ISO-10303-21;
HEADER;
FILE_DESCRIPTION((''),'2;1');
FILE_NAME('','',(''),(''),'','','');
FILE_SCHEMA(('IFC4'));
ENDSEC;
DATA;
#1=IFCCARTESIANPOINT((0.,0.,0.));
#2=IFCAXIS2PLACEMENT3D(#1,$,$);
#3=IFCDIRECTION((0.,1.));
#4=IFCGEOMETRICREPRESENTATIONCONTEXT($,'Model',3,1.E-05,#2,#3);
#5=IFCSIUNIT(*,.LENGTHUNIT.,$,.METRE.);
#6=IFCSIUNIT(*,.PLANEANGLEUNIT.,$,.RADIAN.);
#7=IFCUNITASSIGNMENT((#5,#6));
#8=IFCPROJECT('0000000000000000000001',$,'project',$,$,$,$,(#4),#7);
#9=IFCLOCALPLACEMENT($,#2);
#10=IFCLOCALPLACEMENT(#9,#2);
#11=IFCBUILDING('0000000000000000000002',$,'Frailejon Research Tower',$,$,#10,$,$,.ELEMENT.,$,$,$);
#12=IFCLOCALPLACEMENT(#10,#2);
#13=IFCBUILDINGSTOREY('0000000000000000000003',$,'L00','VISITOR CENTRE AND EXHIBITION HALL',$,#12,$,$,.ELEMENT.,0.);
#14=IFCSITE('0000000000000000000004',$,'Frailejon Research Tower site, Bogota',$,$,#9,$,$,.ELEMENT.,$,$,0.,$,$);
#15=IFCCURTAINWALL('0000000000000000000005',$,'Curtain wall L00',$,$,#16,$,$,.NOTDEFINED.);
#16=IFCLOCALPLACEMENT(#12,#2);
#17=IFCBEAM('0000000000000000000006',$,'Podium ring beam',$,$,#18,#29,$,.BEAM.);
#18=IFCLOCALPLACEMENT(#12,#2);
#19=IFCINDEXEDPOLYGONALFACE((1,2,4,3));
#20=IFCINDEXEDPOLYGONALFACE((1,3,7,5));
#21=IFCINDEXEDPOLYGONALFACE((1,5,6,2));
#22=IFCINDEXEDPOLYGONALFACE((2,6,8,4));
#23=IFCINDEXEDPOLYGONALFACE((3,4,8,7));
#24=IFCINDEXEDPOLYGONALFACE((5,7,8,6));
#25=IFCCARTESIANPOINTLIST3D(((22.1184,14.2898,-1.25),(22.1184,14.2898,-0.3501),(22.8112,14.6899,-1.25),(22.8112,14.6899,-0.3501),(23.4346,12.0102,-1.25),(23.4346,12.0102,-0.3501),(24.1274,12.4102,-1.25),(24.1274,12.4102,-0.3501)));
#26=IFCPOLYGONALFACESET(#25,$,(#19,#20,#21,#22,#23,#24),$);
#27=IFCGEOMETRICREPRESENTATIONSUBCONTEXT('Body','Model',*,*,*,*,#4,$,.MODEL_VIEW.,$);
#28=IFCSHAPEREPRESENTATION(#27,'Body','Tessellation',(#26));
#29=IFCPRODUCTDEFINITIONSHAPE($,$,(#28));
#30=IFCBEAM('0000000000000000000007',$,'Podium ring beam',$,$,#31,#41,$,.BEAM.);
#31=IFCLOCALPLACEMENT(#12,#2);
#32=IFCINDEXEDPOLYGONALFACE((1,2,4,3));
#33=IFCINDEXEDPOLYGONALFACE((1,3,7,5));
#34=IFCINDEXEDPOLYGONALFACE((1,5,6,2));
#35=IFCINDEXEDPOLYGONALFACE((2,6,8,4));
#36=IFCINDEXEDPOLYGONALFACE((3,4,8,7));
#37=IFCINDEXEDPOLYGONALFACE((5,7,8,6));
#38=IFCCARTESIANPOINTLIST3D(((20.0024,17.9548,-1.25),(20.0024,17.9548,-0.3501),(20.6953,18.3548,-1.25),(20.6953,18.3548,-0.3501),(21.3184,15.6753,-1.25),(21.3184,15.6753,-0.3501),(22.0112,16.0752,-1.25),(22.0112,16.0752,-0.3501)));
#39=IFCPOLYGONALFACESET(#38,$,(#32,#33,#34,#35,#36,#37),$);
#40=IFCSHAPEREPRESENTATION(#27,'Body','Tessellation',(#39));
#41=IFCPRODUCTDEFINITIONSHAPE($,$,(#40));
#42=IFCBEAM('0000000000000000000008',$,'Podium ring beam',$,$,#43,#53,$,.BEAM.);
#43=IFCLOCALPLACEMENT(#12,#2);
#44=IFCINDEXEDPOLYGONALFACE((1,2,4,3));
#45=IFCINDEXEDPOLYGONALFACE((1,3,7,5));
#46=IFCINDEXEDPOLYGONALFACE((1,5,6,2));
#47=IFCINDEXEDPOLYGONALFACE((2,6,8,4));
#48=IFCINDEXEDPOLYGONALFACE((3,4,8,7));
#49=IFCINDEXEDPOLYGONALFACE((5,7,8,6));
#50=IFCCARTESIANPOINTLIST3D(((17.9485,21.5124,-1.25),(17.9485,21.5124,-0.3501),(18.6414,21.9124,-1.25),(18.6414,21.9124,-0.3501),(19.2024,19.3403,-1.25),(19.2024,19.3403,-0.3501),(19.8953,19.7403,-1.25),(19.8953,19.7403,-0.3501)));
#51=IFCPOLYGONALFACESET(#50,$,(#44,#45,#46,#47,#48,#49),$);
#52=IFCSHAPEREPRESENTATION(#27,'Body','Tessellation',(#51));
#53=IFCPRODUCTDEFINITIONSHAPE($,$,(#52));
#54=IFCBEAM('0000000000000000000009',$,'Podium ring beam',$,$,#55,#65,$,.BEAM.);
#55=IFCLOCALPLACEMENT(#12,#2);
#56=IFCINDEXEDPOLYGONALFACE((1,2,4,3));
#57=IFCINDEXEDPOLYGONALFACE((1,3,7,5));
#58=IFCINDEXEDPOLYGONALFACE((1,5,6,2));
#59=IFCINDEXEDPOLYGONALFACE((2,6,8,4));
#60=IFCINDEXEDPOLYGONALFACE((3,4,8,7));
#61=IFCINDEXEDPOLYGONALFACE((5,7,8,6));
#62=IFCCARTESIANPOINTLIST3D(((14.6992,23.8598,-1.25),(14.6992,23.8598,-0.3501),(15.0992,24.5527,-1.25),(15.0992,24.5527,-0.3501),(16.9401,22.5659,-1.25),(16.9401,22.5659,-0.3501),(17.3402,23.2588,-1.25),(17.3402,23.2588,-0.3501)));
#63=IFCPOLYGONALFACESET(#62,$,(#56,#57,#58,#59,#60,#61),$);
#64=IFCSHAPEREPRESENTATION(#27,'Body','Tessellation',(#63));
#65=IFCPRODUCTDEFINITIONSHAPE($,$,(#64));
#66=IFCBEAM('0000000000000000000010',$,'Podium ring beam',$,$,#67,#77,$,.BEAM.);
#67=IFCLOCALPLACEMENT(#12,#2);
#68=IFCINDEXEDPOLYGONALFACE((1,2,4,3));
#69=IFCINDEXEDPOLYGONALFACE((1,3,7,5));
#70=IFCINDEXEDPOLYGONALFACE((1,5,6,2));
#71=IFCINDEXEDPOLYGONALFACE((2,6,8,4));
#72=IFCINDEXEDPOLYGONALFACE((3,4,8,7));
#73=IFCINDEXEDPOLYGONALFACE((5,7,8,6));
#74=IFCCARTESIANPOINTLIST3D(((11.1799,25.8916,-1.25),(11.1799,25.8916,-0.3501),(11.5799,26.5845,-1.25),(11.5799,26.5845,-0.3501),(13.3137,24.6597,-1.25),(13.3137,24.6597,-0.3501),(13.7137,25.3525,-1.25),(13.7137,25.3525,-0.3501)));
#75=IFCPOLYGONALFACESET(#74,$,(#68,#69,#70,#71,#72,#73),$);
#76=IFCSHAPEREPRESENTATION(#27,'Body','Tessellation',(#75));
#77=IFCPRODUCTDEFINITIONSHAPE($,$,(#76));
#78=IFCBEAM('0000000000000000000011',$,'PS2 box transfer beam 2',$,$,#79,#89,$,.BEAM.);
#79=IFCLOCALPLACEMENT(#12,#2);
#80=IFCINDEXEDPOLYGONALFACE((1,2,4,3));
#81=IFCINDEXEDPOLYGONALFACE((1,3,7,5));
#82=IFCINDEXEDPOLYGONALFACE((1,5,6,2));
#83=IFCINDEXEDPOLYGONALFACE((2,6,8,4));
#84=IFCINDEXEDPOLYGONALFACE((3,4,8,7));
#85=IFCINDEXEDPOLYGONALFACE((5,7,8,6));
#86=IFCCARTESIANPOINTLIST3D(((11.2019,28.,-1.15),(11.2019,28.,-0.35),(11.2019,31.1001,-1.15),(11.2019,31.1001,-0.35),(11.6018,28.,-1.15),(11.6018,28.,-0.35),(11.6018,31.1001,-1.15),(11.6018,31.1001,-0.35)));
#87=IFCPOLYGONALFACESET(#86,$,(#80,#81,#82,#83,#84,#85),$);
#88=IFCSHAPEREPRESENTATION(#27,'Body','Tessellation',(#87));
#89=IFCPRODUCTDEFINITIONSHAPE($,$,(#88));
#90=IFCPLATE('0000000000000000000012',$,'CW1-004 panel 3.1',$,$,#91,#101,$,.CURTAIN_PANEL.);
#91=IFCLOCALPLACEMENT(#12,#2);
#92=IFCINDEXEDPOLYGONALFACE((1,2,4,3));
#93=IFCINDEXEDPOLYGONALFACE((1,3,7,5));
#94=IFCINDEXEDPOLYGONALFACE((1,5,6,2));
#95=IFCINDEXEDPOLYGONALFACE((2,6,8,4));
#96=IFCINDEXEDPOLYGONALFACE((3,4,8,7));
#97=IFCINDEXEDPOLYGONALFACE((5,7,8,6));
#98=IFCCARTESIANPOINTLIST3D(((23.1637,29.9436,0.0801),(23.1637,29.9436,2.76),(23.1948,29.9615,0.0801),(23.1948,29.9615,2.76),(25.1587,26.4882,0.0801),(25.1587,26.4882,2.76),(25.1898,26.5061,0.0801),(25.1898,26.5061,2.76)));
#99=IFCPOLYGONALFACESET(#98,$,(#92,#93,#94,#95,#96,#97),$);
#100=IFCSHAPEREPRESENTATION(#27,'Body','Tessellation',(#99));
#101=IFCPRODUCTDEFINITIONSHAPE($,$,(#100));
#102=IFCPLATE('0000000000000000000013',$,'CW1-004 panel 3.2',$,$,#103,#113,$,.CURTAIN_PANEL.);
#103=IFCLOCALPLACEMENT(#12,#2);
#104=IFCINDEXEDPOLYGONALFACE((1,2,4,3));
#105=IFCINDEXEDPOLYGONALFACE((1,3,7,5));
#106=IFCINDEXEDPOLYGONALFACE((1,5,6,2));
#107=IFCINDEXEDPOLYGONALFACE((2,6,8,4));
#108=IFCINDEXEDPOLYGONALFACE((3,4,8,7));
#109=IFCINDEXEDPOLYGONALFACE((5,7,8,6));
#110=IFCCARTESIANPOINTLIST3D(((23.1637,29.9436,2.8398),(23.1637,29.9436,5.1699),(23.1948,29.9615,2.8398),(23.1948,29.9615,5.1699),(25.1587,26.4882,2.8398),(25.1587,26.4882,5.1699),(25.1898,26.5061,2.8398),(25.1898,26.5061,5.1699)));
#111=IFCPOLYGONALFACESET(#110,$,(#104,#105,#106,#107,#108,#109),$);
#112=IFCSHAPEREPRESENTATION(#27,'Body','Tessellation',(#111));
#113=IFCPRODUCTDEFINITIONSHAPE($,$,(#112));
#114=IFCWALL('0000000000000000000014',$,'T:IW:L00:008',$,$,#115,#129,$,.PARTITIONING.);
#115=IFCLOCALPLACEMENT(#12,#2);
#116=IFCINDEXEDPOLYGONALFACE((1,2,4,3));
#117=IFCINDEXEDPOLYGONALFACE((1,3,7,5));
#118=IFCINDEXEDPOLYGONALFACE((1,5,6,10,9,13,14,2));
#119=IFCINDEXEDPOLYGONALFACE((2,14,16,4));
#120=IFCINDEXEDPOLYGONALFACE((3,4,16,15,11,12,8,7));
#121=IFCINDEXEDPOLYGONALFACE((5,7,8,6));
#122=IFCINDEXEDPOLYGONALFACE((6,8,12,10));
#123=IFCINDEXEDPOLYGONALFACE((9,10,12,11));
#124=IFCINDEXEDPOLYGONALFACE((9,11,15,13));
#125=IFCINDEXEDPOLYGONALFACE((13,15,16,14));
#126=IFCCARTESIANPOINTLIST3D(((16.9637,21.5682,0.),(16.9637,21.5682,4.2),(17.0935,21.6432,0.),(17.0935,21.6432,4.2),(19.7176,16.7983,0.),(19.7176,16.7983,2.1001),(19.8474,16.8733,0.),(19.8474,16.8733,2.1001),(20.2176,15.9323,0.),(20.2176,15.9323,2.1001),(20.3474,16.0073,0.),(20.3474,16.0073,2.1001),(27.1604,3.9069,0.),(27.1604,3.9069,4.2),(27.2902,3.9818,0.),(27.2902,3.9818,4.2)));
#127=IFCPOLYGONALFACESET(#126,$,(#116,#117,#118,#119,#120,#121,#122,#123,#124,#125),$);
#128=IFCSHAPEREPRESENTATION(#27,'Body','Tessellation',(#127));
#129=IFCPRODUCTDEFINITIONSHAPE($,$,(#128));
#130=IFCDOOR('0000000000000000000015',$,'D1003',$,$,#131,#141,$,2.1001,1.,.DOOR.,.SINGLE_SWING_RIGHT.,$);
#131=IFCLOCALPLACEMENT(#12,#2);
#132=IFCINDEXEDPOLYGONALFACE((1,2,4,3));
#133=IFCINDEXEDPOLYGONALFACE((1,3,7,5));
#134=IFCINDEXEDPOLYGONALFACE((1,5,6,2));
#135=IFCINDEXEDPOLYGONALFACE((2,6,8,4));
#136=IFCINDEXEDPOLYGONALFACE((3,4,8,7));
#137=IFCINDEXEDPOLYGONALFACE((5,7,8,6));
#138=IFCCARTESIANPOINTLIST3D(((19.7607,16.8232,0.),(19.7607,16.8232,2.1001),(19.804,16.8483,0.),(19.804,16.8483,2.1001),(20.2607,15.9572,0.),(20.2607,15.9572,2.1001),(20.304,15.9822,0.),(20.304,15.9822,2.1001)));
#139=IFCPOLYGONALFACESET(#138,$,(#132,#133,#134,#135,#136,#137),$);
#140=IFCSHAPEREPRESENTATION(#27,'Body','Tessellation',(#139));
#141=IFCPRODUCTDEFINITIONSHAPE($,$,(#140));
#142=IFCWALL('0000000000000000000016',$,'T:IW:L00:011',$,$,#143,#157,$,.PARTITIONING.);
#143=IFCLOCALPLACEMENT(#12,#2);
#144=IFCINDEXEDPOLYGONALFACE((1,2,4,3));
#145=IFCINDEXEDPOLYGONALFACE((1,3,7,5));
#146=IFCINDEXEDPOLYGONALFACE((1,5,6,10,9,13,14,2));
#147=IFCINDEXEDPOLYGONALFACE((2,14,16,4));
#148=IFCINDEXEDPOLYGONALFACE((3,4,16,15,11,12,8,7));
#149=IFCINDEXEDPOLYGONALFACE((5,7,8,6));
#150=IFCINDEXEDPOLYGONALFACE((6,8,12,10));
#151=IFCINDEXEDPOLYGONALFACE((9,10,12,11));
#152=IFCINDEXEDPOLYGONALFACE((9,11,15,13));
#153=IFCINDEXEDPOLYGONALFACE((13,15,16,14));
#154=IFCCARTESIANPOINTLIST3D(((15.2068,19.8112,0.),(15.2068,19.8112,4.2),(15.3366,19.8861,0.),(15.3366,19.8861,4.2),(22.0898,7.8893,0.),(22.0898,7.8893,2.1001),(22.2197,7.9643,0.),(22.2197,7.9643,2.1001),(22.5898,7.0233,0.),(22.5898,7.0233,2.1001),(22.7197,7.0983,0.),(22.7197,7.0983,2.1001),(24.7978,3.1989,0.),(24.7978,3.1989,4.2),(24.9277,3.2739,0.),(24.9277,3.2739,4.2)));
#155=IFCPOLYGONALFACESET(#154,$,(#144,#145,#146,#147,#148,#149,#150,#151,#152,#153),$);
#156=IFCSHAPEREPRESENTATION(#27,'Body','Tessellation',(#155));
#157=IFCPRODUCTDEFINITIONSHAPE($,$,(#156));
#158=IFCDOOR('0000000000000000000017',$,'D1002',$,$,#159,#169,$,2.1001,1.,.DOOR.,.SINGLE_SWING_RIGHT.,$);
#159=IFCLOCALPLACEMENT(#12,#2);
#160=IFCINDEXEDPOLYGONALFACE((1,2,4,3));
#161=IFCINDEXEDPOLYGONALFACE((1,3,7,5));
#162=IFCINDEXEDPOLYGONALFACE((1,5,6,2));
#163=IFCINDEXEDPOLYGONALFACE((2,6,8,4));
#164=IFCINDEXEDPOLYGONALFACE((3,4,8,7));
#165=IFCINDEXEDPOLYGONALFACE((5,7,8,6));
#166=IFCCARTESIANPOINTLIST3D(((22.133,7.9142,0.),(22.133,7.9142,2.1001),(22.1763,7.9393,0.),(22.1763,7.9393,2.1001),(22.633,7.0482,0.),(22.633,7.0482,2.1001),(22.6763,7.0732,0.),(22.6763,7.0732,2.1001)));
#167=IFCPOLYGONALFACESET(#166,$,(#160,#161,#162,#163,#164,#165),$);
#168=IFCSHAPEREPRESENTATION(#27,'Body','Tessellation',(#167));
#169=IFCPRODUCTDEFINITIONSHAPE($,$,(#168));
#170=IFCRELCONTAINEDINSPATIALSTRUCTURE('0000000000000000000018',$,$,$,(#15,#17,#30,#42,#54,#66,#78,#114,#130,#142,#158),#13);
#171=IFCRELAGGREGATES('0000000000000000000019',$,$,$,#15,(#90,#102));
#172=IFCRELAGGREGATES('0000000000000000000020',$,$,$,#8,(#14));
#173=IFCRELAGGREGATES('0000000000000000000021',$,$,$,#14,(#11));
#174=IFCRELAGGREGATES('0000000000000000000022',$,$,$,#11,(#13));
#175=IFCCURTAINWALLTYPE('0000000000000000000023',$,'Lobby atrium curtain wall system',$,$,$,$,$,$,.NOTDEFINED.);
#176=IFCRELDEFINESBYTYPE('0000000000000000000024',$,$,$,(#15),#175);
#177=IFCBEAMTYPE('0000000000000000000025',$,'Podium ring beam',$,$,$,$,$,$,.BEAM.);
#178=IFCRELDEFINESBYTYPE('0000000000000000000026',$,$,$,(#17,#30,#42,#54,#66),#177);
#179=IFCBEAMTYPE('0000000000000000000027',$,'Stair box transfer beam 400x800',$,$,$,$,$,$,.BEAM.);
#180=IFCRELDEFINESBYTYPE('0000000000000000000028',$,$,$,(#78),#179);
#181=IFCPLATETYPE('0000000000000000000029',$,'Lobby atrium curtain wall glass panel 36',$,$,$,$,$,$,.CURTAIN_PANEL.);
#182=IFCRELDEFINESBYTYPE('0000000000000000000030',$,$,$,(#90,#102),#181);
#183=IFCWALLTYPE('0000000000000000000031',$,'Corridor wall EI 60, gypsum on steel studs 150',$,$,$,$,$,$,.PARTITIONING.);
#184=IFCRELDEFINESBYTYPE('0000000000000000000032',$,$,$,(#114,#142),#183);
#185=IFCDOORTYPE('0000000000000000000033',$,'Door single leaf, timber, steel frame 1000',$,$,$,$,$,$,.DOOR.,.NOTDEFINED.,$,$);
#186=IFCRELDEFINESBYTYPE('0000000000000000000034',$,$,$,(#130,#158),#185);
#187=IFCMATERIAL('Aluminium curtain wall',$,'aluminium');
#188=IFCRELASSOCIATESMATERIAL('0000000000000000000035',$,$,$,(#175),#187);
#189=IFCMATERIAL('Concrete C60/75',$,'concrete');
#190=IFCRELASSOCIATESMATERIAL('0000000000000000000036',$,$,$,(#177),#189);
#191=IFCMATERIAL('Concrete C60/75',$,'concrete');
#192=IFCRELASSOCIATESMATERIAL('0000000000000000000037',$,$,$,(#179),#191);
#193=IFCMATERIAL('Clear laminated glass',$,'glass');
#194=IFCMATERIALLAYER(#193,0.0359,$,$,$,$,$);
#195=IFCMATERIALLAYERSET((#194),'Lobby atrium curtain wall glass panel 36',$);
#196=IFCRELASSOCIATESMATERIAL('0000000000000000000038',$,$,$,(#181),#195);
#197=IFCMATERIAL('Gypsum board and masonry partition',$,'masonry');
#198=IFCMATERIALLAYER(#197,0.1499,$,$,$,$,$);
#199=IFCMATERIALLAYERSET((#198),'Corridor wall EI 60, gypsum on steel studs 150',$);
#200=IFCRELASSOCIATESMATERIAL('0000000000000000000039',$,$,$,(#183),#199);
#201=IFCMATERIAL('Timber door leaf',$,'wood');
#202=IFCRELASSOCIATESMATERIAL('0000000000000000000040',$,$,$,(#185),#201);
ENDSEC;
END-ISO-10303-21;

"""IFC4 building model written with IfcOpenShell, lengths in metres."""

from ifc_helpers import new_model, si_unit, direction, frame, frame_2d, origin, origin_2d, place, context, subcontext, project, spatial, rectangle, extrude, material, layer, layer_set, material_profile, profile_set, type_object, element, fill, aggregate, save


model = new_model("IFC4")

# Units and contexts
model_context = context("Model", 3, precision=1e-05, world=origin(), true_north=direction((0.0, 1.0)))
body_context = subcontext(model_context, "Body", "Model", "MODEL_VIEW")
ifc_project = project(units=[si_unit("LENGTHUNIT", "METRE"), si_unit("PLANEANGLEUNIT", "RADIAN")], contexts=[model_context])

# Site, building, storey
site_placement = place(None, origin())
site = spatial("IfcSite", under=ifc_project, at=site_placement, Name="Frailejon Research Tower site, Bogota", CompositionType="ELEMENT", RefElevation=0.0)
building_placement = place(site_placement, origin())
building = spatial("IfcBuilding", under=site, at=building_placement, Name="Frailejon Research Tower", CompositionType="ELEMENT")
storey_placement = place(building_placement, origin())
storey = spatial("IfcBuildingStorey", under=building, at=storey_placement, Name="L00", Description="VISITOR CENTRE AND EXHIBITION HALL", CompositionType="ELEMENT", Elevation=0.0)

# Curtain wall
ifc_material_1 = material(Name="Aluminium curtain wall", Category="aluminium")
curtain_wall_type = type_object("IfcCurtainWallType", Name="Lobby atrium curtain wall system", PredefinedType="NOTDEFINED", material=ifc_material_1)
curtain_wall_1_placement = place(storey_placement, origin())
curtain_wall_1 = element("IfcCurtainWall", 1, at=curtain_wall_1_placement, inside=storey, type_object=curtain_wall_type, Name="Curtain wall L00", PredefinedType="NOTDEFINED")

# Beams
ifc_material_2 = material(Name="Concrete C60/75", Category="concrete")
ifc_material_profile_1 = material_profile(ifc_material_2, rectangle(XDim=0.8, YDim=0.8999, at=origin_2d()), Name="Podium ring beam")
ifc_profile_set_1 = profile_set([ifc_material_profile_1], Name="Concrete C60/75")
beam_type_1 = type_object("IfcBeamType", Name="Podium ring beam", PredefinedType="BEAM", material=ifc_profile_set_1)
beam_1_placement = place(storey_placement, frame((23.781, 12.2102, -0.8), z_axis=(-0.50002, 0.866014, 0.0), x_axis=(-0.866014, -0.50002, 0.0)))
element("IfcBeam", 2, at=beam_1_placement, inside=storey, type_object=beam_type_1, Name="Podium ring beam", PredefinedType="BEAM", context=body_context, shape_type="SweptSolid", body=[
    extrude(rectangle(XDim=0.8, YDim=0.8999, at=origin_2d()), origin(), (0.0, 0.0, 1.0), 2.6323),
])
beam_2_placement = place(storey_placement, frame((21.6648, 15.8752, -0.8), z_axis=(-0.49995, 0.866054, 0.0), x_axis=(-0.866054, -0.49995, 0.0)))
element("IfcBeam", 3, at=beam_2_placement, inside=storey, type_object=beam_type_1, Name="Podium ring beam", PredefinedType="BEAM", context=body_context, shape_type="SweptSolid", body=[
    extrude(rectangle(XDim=0.8, YDim=0.8999, at=origin_2d()), origin(), (0.0, 0.0, 1.0), 2.6321),
])
beam_3_placement = place(storey_placement, frame((19.5488, 19.5403, -0.8), z_axis=(-0.49995, 0.866054, 0.0), x_axis=(-0.866054, -0.49995, 0.0)))
element("IfcBeam", 4, at=beam_3_placement, inside=storey, type_object=beam_type_1, Name="Podium ring beam", PredefinedType="BEAM", context=body_context, shape_type="SweptSolid", body=[
    extrude(rectangle(XDim=0.8, YDim=0.8999, at=origin_2d()), origin(), (0.0, 0.0, 1.0), 2.5081),
])
beam_4_placement = place(storey_placement, frame((17.1401, 22.9124, -0.8), z_axis=(-0.866005, 0.500036, 0.0), x_axis=(-0.500036, -0.866005, 0.0)))
element("IfcBeam", 5, at=beam_4_placement, inside=storey, type_object=beam_type_1, Name="Podium ring beam", PredefinedType="BEAM", context=body_context, shape_type="SweptSolid", body=[
    extrude(rectangle(XDim=0.8, YDim=0.8999, at=origin_2d()), origin(), (0.0, 0.0, 1.0), 2.5876),
])
beam_5_placement = place(storey_placement, frame((13.5137, 25.0061, -0.8), z_axis=(-0.866027, 0.499997, 0.0), x_axis=(-0.499997, -0.866027, 0.0)))
element("IfcBeam", 6, at=beam_5_placement, inside=storey, type_object=beam_type_1, Name="Podium ring beam", PredefinedType="BEAM", context=body_context, shape_type="SweptSolid", body=[
    extrude(rectangle(XDim=0.8, YDim=0.8999, at=origin_2d()), origin(), (0.0, 0.0, 1.0), 2.4639),
])
ifc_material_3 = material(Name="Concrete C60/75", Category="concrete")
ifc_material_profile_2 = material_profile(ifc_material_3, rectangle(XDim=0.3999, YDim=0.8, at=origin_2d()), Name="Stair box transfer beam 400x800")
ifc_profile_set_2 = profile_set([ifc_material_profile_2], Name="Concrete C60/75")
beam_type_2 = type_object("IfcBeamType", Name="Stair box transfer beam 400x800", PredefinedType="BEAM", material=ifc_profile_set_2)
beam_6_placement = place(storey_placement, frame((11.4019, 28.0, -0.75), z_axis=(0.0, 1.0, 0.0), x_axis=(-1.0, 0.0, 0.0)))
element("IfcBeam", 7, at=beam_6_placement, inside=storey, type_object=beam_type_2, Name="PS2 box transfer beam 2", PredefinedType="BEAM", context=body_context, shape_type="SweptSolid", body=[
    extrude(rectangle(XDim=0.3999, YDim=0.8, at=origin_2d()), origin(), (0.0, 0.0, 1.0), 3.1001),
])

# Plates
ifc_material_4 = material(Name="Clear laminated glass", Category="glass")
ifc_layer_1 = layer(ifc_material_4, 0.0359)
ifc_layer_set_1 = layer_set([ifc_layer_1], Name="Lobby atrium curtain wall glass panel 36")
plate_type = type_object("IfcPlateType", Name="Lobby atrium curtain wall glass panel 36", PredefinedType="CURTAIN_PANEL", material=ifc_layer_set_1)
plate_1_placement = place(storey_placement, frame((24.1768, 28.2249, 0.0801), z_axis=(0.0, 0.0, 1.0), x_axis=(-0.5, 0.866026, 0.0)))
plate_1 = element("IfcPlate", 8, at=plate_1_placement, type_object=plate_type, Name="CW1-004 panel 3.1", PredefinedType="CURTAIN_PANEL", context=body_context, shape_type="SweptSolid", body=[
    extrude(rectangle(XDim=3.99, YDim=0.0359, at=origin_2d()), origin(), (0.0, 0.0, 1.0), 2.6799),
])
plate_2_placement = place(storey_placement, frame((24.1768, 28.2249, 2.8398), z_axis=(0.0, 0.0, 1.0), x_axis=(-0.5, 0.866026, 0.0)))
plate_2 = element("IfcPlate", 9, at=plate_2_placement, type_object=plate_type, Name="CW1-004 panel 3.2", PredefinedType="CURTAIN_PANEL", context=body_context, shape_type="SweptSolid", body=[
    extrude(rectangle(XDim=3.99, YDim=0.0359, at=origin_2d()), origin(), (0.0, 0.0, 1.0), 2.3301),
])
aggregate(curtain_wall_1, [plate_1, plate_2])

# Walls, openings, doors
ifc_material_5 = material(Name="Gypsum board and masonry partition", Category="masonry")
ifc_layer_2 = layer(ifc_material_5, 0.1499)
ifc_layer_set_2 = layer_set([ifc_layer_2], Name="Corridor wall EI 60, gypsum on steel studs 150")
wall_type_1 = type_object("IfcWallType", Name="Corridor wall EI 60, gypsum on steel studs 150", PredefinedType="PARTITIONING", material=ifc_layer_set_2)
wall_1_placement = place(storey_placement, frame((17.0286, 21.6057, 0.0), z_axis=(0.0, 0.0, 1.0), x_axis=(0.499999, -0.866026, 0.0)))
wall_1 = element("IfcWall", 10, at=wall_1_placement, inside=storey, type_object=wall_type_1, Name="T:IW:L00:008", PredefinedType="PARTITIONING", context=body_context, shape_type="SweptSolid", body=[
    extrude(rectangle(XDim=20.3936, YDim=0.1499, at=frame_2d((10.1968, 0.0))), origin(), (0.0, 0.0, 1.0), 4.2),
])
opening_1_placement = place(wall_1_placement, frame((5.5078, 0.0, 0.0)))
opening_1 = element("IfcOpeningElement", 11, at=opening_1_placement, cuts=wall_1, PredefinedType="OPENING", context=body_context, shape_type="SweptSolid", body=[
    extrude(rectangle(XDim=1.0, YDim=2.1001, at=frame_2d((0.5, 1.05))), frame((0.0, 0.085, 0.0), z_axis=(0.0, -1.0, 0.0), x_axis=(1.0, 0.0, 0.0)), (0.0, 0.0, 1.0), 0.1699),
])
ifc_material_6 = material(Name="Timber door leaf", Category="wood")
door_type = type_object("IfcDoorType", Name="Door single leaf, timber, steel frame 1000", OperationType="NOTDEFINED", PredefinedType="DOOR", material=ifc_material_6)
door_1_placement = place(opening_1_placement, origin())
door_1 = element("IfcDoor", 12, at=door_1_placement, inside=storey, type_object=door_type, Name="D1003", OperationType="SINGLE_SWING_RIGHT", OverallHeight=2.1001, OverallWidth=1.0, PredefinedType="DOOR", context=body_context, shape_type="SweptSolid", body=[
    extrude(rectangle(XDim=1.0, YDim=2.1001, at=frame_2d((0.5, 1.05))), frame((0.0, 0.0249, 0.0), z_axis=(0.0, -1.0, 0.0), x_axis=(1.0, 0.0, 0.0)), (0.0, 0.0, 1.0), 0.05),
])
fill(opening_1, door_1)
wall_2_placement = place(storey_placement, frame((15.2717, 19.8486, 0.0), z_axis=(0.0, 0.0, 1.0), x_axis=(0.499998, -0.866027, 0.0)))
wall_2 = element("IfcWall", 13, at=wall_2_placement, inside=storey, type_object=wall_type_1, Name="T:IW:L00:011", PredefinedType="PARTITIONING", context=body_context, shape_type="SweptSolid", body=[
    extrude(rectangle(XDim=19.1821, YDim=0.1499, at=frame_2d((9.5911, 0.0))), origin(), (0.0, 0.0, 1.0), 4.2),
])
opening_2_placement = place(wall_2_placement, frame((13.7661, 0.0, 0.0)))
opening_2 = element("IfcOpeningElement", 14, at=opening_2_placement, cuts=wall_2, PredefinedType="OPENING", context=body_context, shape_type="SweptSolid", body=[
    extrude(rectangle(XDim=1.0, YDim=2.1001, at=frame_2d((0.5, 1.05))), frame((0.0, 0.085, 0.0), z_axis=(0.0, -1.0, 0.0), x_axis=(1.0, 0.0, 0.0)), (0.0, 0.0, 1.0), 0.1699),
])
door_2_placement = place(opening_2_placement, origin())
door_2 = element("IfcDoor", 15, at=door_2_placement, inside=storey, type_object=door_type, Name="D1002", OperationType="SINGLE_SWING_RIGHT", OverallHeight=2.1001, OverallWidth=1.0, PredefinedType="DOOR", context=body_context, shape_type="SweptSolid", body=[
    extrude(rectangle(XDim=1.0, YDim=2.1001, at=frame_2d((0.5, 1.05))), frame((0.0, 0.0249, 0.0), z_axis=(0.0, -1.0, 0.0), x_axis=(1.0, 0.0, 0.0)), (0.0, 0.0, 1.0), 0.05),
])
fill(opening_2, door_2)

save(model, "model.ifc")
